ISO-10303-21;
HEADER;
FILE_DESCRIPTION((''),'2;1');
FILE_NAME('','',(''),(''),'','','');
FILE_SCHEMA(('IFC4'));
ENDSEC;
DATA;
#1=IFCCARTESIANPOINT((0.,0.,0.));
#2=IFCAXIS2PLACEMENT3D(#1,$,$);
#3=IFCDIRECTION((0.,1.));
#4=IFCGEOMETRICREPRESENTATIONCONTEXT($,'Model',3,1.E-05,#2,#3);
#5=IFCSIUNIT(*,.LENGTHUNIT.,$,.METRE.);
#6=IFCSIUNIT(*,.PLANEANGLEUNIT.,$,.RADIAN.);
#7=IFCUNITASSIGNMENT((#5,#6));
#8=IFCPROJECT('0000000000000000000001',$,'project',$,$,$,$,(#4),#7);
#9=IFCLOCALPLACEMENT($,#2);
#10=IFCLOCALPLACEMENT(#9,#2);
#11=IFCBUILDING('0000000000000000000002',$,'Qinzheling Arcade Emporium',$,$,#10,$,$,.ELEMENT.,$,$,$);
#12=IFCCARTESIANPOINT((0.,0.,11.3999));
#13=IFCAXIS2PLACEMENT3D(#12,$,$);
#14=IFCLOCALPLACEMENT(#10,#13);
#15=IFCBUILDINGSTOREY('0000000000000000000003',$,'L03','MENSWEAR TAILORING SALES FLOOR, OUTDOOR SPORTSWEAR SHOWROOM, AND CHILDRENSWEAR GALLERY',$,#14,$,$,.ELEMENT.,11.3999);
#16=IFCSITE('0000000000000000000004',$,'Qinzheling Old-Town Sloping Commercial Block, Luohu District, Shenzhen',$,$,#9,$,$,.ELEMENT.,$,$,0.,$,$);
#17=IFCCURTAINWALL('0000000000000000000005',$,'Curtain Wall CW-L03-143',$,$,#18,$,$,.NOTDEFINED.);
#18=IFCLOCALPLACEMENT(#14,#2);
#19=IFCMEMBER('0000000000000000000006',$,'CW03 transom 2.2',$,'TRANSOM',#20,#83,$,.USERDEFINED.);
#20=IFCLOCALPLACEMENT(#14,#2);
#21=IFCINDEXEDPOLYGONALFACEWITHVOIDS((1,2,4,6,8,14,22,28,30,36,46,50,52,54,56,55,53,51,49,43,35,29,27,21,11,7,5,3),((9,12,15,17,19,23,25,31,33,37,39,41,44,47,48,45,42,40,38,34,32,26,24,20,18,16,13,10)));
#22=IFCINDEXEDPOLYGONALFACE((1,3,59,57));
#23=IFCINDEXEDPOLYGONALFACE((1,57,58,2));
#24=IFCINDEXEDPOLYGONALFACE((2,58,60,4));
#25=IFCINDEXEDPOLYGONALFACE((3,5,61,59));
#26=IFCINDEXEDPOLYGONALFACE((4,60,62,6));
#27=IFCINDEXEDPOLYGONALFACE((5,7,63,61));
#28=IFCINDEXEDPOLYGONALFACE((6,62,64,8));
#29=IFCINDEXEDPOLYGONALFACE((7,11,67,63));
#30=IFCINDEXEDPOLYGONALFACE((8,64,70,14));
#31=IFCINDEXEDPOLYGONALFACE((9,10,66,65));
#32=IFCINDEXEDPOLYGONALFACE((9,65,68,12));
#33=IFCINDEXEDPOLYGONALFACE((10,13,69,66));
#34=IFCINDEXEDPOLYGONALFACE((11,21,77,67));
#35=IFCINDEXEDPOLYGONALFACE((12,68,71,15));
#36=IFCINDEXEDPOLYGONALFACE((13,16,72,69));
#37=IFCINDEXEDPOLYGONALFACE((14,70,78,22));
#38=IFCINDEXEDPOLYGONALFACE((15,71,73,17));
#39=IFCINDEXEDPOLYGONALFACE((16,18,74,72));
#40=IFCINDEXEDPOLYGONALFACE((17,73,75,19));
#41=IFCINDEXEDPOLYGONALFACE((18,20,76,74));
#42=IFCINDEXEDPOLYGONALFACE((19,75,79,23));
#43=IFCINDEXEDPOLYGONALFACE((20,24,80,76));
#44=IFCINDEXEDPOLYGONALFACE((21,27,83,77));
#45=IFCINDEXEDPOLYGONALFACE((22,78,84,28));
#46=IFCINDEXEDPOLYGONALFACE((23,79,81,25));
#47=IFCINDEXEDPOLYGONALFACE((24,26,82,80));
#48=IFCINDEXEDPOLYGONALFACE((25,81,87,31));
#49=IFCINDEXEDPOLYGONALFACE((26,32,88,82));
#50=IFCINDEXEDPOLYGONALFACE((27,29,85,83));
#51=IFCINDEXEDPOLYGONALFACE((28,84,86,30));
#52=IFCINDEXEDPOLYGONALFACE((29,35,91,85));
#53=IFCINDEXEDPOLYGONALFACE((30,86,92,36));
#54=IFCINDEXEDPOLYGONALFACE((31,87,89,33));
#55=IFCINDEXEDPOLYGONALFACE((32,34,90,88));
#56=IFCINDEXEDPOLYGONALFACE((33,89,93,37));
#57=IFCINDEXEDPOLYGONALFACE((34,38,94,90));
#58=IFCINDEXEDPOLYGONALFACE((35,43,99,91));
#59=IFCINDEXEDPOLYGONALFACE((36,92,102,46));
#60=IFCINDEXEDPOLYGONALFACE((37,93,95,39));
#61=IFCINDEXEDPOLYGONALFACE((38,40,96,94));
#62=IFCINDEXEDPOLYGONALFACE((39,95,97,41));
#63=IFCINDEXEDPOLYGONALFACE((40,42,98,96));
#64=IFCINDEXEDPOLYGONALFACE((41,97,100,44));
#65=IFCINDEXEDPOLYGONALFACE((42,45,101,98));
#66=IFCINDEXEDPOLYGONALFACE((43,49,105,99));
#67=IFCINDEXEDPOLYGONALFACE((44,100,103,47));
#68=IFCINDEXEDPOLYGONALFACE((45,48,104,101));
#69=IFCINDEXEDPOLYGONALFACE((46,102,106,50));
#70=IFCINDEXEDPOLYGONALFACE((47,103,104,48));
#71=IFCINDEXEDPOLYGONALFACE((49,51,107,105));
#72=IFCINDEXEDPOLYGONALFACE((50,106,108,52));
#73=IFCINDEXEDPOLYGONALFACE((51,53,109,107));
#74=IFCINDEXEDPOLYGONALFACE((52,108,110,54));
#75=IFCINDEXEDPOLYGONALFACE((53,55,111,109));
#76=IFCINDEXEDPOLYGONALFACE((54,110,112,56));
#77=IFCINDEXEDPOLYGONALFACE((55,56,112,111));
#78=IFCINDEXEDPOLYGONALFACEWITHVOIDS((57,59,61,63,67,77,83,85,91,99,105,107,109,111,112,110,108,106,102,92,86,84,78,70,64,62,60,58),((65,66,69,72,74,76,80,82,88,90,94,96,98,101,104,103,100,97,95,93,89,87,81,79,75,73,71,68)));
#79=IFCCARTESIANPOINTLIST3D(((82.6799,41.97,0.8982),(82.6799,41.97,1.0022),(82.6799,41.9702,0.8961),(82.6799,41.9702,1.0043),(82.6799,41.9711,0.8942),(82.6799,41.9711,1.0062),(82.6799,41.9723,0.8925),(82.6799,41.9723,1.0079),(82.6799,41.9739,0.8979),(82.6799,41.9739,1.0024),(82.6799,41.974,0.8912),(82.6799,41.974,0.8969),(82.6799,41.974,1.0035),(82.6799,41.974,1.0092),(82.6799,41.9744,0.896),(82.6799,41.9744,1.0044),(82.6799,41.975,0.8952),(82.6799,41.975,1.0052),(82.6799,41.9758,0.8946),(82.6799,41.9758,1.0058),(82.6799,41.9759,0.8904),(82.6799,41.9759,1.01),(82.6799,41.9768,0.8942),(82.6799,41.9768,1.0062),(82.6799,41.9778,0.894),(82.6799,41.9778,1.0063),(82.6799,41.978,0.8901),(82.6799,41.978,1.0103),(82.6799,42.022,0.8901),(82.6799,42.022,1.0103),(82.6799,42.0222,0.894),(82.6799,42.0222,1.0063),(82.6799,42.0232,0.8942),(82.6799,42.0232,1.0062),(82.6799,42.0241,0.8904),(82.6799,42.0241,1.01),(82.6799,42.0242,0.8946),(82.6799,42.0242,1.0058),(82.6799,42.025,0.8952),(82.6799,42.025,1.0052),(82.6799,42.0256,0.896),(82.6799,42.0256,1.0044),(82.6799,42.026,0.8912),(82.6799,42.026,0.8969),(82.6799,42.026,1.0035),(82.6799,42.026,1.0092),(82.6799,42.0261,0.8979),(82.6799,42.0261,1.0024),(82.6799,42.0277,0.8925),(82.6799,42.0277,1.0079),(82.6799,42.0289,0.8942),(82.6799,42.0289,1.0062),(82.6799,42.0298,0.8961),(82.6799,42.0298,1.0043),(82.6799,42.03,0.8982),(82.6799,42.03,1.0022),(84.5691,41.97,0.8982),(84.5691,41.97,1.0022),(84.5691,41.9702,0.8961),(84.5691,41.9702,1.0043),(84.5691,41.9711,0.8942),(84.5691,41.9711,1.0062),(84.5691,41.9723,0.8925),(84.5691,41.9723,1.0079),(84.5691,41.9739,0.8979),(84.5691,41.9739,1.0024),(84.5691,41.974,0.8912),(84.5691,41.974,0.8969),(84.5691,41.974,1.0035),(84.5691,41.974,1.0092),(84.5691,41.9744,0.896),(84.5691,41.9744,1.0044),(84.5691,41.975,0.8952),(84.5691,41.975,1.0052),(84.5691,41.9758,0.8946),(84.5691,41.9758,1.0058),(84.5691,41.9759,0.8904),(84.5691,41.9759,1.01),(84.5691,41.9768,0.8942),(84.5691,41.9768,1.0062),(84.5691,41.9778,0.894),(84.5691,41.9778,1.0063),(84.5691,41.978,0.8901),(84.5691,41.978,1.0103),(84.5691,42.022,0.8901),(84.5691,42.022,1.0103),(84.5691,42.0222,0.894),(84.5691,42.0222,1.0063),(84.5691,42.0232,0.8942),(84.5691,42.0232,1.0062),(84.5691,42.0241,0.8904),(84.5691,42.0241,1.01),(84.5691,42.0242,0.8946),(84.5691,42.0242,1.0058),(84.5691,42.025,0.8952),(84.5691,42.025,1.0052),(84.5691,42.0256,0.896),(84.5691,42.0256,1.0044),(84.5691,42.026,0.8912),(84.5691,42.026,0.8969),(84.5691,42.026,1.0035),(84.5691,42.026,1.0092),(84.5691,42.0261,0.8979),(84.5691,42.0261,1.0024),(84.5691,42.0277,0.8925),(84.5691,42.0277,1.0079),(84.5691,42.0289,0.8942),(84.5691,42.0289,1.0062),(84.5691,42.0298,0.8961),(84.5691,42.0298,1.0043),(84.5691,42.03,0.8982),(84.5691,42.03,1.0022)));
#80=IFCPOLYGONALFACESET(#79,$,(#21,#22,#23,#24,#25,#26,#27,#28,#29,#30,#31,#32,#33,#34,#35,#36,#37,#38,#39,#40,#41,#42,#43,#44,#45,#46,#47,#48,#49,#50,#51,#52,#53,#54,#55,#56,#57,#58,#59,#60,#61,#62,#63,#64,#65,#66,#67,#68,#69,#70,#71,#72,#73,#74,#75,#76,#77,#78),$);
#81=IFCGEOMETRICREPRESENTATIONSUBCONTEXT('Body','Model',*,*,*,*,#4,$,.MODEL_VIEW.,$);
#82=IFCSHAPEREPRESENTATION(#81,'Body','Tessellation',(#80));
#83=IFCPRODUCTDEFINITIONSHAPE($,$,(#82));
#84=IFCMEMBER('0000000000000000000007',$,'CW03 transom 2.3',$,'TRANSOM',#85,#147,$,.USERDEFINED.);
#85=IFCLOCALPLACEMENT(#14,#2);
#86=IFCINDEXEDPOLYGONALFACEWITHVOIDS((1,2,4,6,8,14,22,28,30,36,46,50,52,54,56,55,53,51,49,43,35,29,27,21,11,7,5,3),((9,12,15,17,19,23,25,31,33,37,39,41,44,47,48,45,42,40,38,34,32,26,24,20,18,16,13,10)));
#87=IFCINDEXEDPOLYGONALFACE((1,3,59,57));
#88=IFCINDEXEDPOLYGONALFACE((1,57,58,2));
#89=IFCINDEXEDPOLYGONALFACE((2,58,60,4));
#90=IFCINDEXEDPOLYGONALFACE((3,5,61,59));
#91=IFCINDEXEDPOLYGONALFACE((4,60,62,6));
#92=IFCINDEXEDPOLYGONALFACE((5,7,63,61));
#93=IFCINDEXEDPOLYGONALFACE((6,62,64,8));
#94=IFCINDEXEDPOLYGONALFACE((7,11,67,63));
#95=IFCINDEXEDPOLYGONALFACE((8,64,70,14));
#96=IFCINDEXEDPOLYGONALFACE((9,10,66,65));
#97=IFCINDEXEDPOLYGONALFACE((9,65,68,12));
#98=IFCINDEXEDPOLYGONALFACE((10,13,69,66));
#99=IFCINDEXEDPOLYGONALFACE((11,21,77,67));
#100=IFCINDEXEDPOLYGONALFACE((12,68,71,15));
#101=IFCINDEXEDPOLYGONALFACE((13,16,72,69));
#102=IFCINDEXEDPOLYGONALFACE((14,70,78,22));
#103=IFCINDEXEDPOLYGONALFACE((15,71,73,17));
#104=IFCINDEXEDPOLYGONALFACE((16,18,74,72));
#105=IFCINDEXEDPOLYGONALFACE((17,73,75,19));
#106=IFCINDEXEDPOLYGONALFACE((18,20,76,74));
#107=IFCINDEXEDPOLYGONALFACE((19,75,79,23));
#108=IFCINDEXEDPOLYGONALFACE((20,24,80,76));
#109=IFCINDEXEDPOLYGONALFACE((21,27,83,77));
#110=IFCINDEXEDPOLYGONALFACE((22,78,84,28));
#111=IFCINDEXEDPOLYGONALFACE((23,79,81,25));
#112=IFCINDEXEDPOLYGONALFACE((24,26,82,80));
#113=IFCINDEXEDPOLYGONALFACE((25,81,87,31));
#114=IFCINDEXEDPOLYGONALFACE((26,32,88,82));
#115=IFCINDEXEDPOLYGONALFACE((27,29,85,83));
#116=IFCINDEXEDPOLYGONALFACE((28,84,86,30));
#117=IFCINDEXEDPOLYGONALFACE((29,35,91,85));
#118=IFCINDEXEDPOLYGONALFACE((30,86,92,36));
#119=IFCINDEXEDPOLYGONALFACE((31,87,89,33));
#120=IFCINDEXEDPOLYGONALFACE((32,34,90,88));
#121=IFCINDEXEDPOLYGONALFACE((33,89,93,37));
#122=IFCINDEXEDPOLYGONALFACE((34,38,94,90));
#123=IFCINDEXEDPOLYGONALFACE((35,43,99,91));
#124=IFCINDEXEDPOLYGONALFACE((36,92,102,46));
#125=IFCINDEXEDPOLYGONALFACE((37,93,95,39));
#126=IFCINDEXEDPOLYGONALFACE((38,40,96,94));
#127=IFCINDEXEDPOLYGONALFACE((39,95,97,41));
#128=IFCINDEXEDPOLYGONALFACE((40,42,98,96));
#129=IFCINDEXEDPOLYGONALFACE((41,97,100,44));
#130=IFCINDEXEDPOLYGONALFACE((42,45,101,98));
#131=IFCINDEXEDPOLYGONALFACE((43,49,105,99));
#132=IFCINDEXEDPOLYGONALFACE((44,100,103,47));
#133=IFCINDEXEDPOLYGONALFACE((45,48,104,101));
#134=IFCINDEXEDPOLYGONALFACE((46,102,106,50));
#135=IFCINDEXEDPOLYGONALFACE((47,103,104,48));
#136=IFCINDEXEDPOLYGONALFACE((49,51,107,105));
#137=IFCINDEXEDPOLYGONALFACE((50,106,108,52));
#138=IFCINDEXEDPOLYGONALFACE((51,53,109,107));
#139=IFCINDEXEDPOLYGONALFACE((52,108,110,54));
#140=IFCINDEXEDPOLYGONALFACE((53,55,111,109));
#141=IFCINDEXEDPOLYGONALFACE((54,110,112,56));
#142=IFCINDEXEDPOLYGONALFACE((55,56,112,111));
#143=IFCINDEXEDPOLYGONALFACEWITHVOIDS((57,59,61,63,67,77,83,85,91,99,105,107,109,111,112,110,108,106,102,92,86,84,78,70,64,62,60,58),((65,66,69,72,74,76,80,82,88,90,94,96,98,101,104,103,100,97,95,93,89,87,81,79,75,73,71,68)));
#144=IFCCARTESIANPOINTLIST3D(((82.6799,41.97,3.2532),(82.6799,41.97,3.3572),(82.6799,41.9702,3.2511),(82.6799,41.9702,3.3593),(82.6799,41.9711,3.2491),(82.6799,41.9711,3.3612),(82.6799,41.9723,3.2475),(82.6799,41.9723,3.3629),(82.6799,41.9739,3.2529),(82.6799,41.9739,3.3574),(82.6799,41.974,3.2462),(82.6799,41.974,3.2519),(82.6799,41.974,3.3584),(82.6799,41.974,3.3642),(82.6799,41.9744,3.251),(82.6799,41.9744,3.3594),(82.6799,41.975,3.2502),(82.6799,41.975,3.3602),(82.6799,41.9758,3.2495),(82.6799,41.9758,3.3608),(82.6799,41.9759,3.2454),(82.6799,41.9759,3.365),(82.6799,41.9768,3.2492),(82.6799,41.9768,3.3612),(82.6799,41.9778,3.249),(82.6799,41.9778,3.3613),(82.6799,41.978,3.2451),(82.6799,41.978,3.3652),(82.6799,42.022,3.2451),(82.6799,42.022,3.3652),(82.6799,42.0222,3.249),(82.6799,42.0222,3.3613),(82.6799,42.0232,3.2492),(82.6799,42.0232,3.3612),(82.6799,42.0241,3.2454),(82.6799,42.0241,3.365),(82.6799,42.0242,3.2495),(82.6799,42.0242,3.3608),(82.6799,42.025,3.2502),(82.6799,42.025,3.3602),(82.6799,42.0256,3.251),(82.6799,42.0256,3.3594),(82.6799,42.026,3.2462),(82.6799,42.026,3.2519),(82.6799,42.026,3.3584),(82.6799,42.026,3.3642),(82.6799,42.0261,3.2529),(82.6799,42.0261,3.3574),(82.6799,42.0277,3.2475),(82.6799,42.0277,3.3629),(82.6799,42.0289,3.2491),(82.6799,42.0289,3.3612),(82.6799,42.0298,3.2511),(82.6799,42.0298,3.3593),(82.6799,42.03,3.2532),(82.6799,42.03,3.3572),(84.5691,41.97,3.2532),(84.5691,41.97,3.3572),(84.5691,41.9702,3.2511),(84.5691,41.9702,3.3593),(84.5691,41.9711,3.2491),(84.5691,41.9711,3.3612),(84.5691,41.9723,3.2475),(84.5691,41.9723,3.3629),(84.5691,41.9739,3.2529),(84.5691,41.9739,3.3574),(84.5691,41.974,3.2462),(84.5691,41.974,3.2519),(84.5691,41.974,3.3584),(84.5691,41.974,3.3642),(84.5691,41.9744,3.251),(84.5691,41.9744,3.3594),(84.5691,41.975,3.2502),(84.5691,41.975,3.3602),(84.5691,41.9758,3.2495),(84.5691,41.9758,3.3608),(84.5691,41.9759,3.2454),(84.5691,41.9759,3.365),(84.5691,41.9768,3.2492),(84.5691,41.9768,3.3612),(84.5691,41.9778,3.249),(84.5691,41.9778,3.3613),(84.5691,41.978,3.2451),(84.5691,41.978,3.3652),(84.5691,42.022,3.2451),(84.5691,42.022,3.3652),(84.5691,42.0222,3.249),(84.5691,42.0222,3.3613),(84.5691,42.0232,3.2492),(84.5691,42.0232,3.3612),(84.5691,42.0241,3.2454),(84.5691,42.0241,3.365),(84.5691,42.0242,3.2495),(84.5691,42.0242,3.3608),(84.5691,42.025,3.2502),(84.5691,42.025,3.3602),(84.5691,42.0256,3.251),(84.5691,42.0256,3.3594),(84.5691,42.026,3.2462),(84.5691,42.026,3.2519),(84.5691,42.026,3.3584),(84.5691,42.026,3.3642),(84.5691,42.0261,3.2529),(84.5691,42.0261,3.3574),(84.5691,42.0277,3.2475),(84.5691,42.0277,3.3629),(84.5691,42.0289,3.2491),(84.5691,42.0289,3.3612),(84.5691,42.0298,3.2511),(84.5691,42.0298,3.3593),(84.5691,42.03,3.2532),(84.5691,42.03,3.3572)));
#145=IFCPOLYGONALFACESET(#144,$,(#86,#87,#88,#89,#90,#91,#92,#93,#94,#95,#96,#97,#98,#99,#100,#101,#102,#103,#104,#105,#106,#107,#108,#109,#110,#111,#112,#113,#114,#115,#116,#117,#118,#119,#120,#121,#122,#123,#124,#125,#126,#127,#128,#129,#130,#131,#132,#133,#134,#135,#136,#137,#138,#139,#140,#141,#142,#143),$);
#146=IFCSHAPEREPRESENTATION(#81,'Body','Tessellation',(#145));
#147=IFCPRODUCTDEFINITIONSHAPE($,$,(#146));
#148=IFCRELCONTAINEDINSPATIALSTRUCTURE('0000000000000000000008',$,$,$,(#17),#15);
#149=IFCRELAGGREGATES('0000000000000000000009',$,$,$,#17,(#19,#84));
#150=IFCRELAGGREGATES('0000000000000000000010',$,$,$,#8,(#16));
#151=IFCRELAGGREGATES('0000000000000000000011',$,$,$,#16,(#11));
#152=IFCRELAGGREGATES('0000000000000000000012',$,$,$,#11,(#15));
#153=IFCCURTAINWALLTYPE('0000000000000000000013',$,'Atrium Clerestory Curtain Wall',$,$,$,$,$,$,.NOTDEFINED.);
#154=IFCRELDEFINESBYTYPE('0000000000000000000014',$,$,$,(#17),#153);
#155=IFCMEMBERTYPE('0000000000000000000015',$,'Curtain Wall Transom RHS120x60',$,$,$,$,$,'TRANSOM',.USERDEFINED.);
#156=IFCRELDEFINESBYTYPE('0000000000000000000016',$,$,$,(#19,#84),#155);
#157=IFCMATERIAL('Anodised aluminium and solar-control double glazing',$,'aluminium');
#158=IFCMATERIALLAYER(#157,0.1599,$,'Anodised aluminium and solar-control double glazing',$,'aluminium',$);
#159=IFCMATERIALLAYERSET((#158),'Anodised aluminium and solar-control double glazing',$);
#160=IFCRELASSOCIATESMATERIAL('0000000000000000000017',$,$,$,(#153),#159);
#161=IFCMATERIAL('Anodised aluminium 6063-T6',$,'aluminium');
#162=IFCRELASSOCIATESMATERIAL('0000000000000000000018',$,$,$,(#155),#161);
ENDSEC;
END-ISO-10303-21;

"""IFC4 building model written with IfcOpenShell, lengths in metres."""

from ifc_helpers import new_model, si_unit, direction, frame, origin, origin_2d, place, context, subcontext, project, spatial, hollow_rectangle, extrude, material, layer, layer_set, material_profile, profile_set, type_object, element, aggregate, save


model = new_model("IFC4")

# Units and contexts
model_context = context("Model", 3, precision=1e-05, world=origin(), true_north=direction((0.0, 1.0)))
body_context = subcontext(model_context, "Body", "Model", "MODEL_VIEW")
ifc_project = project(units=[si_unit("LENGTHUNIT", "METRE"), si_unit("PLANEANGLEUNIT", "RADIAN")], contexts=[model_context])

# Site, building, storey
site_placement = place(None, origin())
site = spatial("IfcSite", under=ifc_project, at=site_placement, Name="Qinzheling Old-Town Sloping Commercial Block, Luohu District, Shenzhen", CompositionType="ELEMENT", RefElevation=0.0)
building_placement = place(site_placement, origin())
building = spatial("IfcBuilding", under=site, at=building_placement, Name="Qinzheling Arcade Emporium", CompositionType="ELEMENT")
storey_placement = place(building_placement, frame((0.0, 0.0, 11.3999)))
storey = spatial("IfcBuildingStorey", under=building, at=storey_placement, Name="L03", Description="MENSWEAR TAILORING SALES FLOOR, OUTDOOR SPORTSWEAR SHOWROOM, AND CHILDRENSWEAR GALLERY", CompositionType="ELEMENT", Elevation=11.3999)

# Curtain wall, members
ifc_material_1 = material(Name="Anodised aluminium and solar-control double glazing", Category="aluminium")
ifc_layer_1 = layer(ifc_material_1, 0.1599, Name="Anodised aluminium and solar-control double glazing", Category="aluminium")
ifc_layer_set_1 = layer_set([ifc_layer_1], Name="Anodised aluminium and solar-control double glazing")
curtain_wall_type = type_object("IfcCurtainWallType", Name="Atrium Clerestory Curtain Wall", PredefinedType="NOTDEFINED", material=ifc_layer_set_1)
curtain_wall_placement = place(storey_placement, origin())
curtain_wall = element("IfcCurtainWall", 1, at=curtain_wall_placement, inside=storey, type_object=curtain_wall_type, Name="Curtain Wall CW-L03-143", PredefinedType="NOTDEFINED")
ifc_material_2 = material(Name="Anodised aluminium 6063-T6", Category="aluminium")
ifc_material_profile_1 = material_profile(ifc_material_2, hollow_rectangle(XDim=0.0601, YDim=0.1201, WallThickness=0.0039, InnerFilletRadius=0.0039, OuterFilletRadius=0.0081, at=origin_2d()), Name="RHS 120x60x4", Category="aluminium")
ifc_profile_set_1 = profile_set([ifc_material_profile_1], Name="Anodised aluminium 6063-T6")
member_type_1 = type_object("IfcMemberType", Name="Curtain Wall Transom RHS120x60", ElementType="TRANSOM", PredefinedType="USERDEFINED", material=ifc_profile_set_1)
member_1_placement = place(storey_placement, frame((84.5691, 42.0, 0.9502), z_axis=(-1.0, 0.0, 0.0), x_axis=(0.0, -1.0, 0.0)))
member_1 = element("IfcMember", 2, at=member_1_placement, type_object=member_type_1, Name="CW03 transom 2.2", ObjectType="TRANSOM", PredefinedType="USERDEFINED", context=body_context, shape_type="SweptSolid", body=[
    extrude(hollow_rectangle(XDim=0.0601, YDim=0.1201, WallThickness=0.0039, InnerFilletRadius=0.0039, OuterFilletRadius=0.0081, at=origin_2d()), origin(), (0.0, 0.0, 1.0), 1.8892),
])
member_2_placement = place(storey_placement, frame((84.5691, 42.0, 3.3052), z_axis=(-1.0, 0.0, 0.0), x_axis=(0.0, -1.0, 0.0)))
member_2 = element("IfcMember", 3, at=member_2_placement, type_object=member_type_1, Name="CW03 transom 2.3", ObjectType="TRANSOM", PredefinedType="USERDEFINED", context=body_context, shape_type="SweptSolid", body=[
    extrude(hollow_rectangle(XDim=0.0601, YDim=0.1201, WallThickness=0.0039, InnerFilletRadius=0.0039, OuterFilletRadius=0.0081, at=origin_2d()), origin(), (0.0, 0.0, 1.0), 1.8892),
])

aggregate(curtain_wall, [member_1, member_2])

save(model, "model.ifc")
